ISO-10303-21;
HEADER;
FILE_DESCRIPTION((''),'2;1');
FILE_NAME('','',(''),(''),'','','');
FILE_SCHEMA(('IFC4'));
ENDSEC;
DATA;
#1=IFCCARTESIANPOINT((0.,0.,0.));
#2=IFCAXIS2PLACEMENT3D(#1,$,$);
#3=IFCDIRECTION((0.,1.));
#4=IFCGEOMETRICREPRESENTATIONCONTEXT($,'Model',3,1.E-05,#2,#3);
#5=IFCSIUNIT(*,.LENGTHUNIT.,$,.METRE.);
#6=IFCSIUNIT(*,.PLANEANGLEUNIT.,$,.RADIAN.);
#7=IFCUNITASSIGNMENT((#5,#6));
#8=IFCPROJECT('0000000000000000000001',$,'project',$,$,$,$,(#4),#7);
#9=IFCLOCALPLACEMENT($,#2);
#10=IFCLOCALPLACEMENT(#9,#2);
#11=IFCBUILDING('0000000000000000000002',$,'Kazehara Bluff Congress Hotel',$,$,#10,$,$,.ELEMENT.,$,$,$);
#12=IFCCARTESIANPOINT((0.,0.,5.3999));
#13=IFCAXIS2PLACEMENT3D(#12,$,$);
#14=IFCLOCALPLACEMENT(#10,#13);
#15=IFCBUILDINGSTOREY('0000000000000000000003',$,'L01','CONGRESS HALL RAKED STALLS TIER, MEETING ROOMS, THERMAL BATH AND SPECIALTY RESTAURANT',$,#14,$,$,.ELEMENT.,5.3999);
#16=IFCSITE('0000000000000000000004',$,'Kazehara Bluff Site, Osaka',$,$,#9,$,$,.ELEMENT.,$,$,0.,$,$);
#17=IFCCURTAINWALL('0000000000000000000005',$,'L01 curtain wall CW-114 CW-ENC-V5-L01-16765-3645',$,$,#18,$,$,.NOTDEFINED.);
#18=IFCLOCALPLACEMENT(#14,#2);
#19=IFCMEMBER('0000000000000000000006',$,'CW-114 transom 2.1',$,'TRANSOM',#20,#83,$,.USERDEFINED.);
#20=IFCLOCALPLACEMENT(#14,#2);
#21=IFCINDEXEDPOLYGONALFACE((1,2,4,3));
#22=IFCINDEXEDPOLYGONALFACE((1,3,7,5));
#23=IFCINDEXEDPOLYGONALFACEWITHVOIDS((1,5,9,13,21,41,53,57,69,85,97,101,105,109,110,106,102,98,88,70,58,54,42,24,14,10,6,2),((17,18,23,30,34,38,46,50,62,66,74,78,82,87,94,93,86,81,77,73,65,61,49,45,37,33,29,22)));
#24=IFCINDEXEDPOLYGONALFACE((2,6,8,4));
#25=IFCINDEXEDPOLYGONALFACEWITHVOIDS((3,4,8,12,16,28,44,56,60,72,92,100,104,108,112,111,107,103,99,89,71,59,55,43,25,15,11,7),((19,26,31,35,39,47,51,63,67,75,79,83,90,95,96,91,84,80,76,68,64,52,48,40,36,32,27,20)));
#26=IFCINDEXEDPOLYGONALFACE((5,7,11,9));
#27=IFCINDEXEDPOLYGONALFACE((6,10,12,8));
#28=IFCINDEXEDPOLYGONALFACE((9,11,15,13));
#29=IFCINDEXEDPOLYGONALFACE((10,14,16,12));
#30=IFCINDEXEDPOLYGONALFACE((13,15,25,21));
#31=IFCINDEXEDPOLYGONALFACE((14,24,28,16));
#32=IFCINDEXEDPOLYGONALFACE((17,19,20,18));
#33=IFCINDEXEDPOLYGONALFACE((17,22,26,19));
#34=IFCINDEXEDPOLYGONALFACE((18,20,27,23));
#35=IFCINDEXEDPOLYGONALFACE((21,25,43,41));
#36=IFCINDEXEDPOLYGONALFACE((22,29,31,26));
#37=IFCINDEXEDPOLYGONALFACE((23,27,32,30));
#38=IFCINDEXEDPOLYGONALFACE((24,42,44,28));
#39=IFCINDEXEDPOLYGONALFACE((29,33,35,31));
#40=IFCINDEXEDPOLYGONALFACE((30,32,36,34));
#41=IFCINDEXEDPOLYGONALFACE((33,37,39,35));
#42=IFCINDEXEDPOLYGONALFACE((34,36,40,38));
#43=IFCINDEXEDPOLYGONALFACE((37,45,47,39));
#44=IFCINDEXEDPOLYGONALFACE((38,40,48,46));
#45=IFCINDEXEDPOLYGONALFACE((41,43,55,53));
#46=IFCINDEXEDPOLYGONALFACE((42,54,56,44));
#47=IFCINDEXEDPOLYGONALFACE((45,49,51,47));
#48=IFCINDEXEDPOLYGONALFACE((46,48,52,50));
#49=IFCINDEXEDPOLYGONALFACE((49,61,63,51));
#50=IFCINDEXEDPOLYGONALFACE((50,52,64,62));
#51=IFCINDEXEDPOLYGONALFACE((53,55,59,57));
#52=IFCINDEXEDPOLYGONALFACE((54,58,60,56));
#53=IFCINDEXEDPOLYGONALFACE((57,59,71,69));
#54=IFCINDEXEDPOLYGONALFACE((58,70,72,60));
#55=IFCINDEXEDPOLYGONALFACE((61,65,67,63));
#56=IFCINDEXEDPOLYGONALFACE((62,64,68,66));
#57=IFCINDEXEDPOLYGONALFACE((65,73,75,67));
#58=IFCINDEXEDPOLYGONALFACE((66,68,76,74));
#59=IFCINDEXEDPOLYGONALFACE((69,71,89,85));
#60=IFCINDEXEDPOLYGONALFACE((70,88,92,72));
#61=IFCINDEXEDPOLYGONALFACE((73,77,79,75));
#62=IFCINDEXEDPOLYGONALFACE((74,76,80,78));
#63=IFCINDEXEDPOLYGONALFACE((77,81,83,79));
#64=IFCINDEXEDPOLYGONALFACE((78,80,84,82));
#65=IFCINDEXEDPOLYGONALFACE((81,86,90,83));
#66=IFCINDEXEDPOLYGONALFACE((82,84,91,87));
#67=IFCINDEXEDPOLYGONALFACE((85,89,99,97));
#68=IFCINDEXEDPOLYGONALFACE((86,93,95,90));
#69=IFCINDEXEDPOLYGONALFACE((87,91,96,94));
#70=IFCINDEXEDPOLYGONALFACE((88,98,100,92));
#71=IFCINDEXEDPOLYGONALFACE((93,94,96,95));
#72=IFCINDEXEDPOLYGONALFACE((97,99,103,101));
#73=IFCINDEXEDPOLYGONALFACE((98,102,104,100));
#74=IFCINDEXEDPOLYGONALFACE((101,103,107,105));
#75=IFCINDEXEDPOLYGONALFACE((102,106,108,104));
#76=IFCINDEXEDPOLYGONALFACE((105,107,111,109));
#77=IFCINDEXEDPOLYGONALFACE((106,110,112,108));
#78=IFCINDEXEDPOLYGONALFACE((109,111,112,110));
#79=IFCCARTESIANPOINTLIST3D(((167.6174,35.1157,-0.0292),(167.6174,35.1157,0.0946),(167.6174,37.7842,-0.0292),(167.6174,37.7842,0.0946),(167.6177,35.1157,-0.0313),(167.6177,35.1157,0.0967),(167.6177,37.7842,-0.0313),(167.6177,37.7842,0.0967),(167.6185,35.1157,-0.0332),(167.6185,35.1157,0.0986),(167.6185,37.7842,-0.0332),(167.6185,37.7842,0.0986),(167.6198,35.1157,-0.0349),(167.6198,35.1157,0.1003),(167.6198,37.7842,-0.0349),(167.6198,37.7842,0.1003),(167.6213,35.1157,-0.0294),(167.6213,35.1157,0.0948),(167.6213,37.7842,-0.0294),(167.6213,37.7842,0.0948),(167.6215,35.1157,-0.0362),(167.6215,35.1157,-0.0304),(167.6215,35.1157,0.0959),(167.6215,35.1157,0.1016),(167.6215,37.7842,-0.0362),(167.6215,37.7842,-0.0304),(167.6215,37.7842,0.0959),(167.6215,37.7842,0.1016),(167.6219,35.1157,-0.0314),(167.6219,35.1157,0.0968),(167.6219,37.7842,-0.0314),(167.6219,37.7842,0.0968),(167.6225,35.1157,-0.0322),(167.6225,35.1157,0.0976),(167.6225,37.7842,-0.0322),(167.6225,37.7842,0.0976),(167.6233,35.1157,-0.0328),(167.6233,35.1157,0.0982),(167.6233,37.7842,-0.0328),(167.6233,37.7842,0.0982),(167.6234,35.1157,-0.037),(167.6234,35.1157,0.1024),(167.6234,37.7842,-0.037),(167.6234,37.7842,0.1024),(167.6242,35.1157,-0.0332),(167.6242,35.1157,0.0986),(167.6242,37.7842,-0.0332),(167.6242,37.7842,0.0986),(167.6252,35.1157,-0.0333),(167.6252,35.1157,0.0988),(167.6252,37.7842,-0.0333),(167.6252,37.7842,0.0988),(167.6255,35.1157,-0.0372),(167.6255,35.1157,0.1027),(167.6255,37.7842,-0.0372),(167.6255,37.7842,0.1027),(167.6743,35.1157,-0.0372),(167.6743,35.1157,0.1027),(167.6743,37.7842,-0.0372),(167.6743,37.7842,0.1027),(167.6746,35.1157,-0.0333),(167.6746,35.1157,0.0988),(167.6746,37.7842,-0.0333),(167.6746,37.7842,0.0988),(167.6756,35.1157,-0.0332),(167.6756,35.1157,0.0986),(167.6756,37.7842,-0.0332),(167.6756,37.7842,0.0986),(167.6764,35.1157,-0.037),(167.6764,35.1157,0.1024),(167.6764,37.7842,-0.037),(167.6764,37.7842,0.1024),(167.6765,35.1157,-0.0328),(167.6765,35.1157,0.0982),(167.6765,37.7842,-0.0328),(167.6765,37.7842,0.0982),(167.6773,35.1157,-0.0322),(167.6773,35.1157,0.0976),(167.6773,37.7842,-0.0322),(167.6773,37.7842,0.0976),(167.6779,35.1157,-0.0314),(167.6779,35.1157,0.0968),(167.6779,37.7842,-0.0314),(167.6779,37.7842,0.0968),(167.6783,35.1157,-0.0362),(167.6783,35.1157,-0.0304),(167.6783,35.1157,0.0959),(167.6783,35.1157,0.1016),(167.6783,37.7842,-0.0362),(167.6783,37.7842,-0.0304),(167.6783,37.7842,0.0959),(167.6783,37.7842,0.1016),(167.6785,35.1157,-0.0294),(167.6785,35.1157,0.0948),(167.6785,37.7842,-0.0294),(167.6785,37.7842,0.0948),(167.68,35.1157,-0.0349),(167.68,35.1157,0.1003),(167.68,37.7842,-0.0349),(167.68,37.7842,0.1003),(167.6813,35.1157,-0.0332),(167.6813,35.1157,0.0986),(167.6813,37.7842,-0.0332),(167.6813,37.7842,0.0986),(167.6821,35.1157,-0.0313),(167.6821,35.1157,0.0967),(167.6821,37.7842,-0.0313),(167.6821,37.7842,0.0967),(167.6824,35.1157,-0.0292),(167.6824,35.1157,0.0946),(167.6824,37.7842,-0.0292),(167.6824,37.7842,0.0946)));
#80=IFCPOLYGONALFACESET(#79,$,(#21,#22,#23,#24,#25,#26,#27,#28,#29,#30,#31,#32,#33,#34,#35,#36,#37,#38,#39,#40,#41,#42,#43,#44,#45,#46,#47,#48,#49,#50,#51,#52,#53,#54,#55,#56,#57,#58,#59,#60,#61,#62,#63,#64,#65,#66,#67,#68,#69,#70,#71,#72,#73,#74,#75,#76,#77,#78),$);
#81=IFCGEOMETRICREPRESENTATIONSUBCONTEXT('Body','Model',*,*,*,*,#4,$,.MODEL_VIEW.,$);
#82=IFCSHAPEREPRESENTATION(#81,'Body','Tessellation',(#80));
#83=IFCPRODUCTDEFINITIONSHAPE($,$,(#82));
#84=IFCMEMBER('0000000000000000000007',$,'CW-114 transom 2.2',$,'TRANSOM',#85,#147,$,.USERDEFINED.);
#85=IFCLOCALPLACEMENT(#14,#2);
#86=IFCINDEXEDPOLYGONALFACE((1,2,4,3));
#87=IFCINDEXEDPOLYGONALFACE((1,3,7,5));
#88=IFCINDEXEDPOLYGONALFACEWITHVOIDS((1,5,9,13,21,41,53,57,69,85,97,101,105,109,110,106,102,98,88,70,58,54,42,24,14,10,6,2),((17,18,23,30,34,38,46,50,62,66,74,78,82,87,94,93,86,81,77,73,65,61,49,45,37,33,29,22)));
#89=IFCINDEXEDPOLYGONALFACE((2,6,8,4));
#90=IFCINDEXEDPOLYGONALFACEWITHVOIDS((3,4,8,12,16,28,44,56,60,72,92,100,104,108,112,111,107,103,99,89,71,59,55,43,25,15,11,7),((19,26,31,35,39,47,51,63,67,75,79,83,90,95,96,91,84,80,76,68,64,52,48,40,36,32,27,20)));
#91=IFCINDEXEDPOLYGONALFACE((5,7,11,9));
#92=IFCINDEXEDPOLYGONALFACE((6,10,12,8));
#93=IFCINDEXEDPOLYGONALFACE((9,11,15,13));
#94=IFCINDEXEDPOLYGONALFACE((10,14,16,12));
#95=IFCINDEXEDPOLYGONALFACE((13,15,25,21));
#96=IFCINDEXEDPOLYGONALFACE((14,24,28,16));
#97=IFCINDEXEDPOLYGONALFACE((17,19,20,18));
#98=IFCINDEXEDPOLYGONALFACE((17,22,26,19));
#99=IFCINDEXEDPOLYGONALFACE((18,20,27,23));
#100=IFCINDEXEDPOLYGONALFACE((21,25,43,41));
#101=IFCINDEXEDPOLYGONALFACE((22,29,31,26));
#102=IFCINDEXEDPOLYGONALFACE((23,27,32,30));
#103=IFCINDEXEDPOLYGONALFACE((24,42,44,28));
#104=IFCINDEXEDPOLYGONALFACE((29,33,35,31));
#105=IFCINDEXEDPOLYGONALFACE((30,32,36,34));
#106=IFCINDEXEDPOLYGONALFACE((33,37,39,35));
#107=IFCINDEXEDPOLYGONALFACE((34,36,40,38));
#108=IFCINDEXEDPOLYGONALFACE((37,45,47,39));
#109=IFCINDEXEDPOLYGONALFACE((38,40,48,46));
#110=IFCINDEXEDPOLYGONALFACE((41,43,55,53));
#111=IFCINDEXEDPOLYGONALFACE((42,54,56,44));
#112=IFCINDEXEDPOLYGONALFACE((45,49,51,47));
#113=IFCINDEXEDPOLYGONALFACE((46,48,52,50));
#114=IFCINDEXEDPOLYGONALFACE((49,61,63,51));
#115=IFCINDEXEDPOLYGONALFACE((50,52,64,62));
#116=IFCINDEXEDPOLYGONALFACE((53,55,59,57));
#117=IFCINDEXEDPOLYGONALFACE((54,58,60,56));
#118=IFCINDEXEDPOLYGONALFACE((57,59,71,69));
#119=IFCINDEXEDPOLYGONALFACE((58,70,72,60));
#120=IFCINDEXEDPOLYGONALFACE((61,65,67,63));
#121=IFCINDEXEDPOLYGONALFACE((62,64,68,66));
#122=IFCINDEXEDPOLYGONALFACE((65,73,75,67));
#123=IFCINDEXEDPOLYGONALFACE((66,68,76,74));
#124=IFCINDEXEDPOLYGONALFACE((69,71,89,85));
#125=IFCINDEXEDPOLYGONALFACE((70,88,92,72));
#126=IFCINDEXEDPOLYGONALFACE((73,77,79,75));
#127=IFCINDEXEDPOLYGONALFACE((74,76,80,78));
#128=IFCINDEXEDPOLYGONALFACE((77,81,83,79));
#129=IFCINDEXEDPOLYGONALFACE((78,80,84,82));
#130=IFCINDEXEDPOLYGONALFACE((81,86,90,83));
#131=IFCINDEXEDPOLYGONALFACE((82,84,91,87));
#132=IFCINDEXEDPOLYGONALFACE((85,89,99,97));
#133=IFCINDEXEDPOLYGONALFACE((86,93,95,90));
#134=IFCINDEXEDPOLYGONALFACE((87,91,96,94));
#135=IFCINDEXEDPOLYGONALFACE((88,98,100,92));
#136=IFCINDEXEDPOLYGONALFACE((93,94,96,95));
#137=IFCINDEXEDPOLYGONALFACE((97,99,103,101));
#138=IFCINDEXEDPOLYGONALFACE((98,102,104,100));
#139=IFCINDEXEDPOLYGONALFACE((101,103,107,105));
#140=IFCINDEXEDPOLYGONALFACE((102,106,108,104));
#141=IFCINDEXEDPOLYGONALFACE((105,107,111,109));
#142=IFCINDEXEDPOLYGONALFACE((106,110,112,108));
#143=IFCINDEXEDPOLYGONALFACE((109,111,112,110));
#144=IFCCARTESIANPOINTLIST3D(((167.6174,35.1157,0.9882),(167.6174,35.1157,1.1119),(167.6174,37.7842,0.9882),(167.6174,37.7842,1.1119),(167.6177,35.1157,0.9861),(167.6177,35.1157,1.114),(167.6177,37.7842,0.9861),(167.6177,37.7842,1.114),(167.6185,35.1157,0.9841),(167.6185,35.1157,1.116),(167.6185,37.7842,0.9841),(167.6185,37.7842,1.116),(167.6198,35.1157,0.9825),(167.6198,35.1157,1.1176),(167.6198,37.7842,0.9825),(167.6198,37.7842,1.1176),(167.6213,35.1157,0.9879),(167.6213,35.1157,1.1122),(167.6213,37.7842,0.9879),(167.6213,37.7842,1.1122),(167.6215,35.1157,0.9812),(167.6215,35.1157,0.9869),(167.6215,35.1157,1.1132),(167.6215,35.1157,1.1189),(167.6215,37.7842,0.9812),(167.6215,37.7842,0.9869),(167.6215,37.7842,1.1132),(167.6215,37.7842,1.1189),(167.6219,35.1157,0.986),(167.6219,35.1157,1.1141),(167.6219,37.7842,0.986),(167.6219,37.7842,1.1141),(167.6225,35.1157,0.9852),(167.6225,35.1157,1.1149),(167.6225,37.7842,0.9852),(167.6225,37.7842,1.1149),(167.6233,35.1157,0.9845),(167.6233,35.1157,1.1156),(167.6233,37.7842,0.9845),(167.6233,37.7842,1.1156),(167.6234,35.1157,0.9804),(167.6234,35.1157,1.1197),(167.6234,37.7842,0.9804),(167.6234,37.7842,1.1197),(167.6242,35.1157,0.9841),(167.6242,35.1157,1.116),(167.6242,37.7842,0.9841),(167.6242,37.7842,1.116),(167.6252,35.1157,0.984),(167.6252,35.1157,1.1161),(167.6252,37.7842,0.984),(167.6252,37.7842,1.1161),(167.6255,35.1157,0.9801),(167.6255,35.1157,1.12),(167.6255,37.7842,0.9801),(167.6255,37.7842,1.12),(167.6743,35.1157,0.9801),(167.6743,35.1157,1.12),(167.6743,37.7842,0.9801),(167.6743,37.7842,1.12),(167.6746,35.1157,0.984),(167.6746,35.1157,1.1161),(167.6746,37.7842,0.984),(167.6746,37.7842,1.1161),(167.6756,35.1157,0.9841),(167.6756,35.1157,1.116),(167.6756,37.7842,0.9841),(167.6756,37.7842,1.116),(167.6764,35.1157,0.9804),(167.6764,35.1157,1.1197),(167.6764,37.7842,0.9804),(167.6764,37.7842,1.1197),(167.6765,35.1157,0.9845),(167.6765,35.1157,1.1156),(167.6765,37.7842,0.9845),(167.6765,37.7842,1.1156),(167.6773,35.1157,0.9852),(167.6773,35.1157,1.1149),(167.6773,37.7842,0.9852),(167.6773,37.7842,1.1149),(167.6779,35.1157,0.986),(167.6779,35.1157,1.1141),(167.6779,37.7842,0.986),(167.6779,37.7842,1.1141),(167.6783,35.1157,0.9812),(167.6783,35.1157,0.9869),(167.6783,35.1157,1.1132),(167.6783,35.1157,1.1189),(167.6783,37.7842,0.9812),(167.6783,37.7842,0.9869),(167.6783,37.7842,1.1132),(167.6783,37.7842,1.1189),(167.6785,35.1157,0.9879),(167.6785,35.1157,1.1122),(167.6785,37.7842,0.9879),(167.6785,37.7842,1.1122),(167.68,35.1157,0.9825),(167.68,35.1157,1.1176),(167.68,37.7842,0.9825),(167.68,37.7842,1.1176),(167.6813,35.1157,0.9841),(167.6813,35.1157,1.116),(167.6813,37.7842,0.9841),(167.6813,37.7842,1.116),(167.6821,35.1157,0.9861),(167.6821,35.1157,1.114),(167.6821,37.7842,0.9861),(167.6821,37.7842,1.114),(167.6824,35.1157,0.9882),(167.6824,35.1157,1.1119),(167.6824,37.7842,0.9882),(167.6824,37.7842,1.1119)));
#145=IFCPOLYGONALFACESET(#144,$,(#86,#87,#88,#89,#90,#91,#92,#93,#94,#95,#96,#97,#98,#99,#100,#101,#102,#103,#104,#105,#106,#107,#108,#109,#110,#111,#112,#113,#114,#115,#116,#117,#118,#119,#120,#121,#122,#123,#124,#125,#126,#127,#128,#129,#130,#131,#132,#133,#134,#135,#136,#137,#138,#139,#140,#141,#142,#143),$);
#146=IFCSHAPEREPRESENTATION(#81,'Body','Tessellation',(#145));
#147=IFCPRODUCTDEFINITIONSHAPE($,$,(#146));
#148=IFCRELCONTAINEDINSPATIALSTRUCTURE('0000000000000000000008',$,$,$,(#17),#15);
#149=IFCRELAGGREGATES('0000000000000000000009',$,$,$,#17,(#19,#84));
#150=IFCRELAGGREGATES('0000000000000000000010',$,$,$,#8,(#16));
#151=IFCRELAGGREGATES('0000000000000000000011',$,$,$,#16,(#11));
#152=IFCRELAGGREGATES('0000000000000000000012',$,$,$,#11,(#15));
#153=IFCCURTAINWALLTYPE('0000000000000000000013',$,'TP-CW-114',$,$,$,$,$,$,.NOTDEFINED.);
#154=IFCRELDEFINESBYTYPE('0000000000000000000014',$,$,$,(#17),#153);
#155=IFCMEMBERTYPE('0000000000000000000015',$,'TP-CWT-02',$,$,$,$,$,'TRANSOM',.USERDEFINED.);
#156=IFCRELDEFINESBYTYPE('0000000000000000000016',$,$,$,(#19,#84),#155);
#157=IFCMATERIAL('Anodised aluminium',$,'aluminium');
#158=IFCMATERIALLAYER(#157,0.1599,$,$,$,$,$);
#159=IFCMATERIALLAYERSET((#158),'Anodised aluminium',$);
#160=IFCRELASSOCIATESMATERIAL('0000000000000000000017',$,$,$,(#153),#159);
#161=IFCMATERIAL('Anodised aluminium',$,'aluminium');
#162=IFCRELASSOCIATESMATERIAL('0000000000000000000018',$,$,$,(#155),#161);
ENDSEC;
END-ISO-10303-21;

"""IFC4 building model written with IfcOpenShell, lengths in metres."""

from ifc_helpers import new_model, si_unit, direction, frame, origin, origin_2d, place, context, subcontext, project, spatial, hollow_rectangle, extrude, material, layer, layer_set, material_profile, profile_set, type_object, element, aggregate, save


model = new_model("IFC4")

# Units and contexts
model_context = context("Model", 3, precision=1e-05, world=origin(), true_north=direction((0.0, 1.0)))
body_context = subcontext(model_context, "Body", "Model", "MODEL_VIEW")
ifc_project = project(units=[si_unit("LENGTHUNIT", "METRE"), si_unit("PLANEANGLEUNIT", "RADIAN")], contexts=[model_context])

# Site, building, storey
site_placement = place(None, origin())
site = spatial("IfcSite", under=ifc_project, at=site_placement, Name="Kazehara Bluff Site, Osaka", CompositionType="ELEMENT", RefElevation=0.0)
building_placement = place(site_placement, origin())
building = spatial("IfcBuilding", under=site, at=building_placement, Name="Kazehara Bluff Congress Hotel", CompositionType="ELEMENT")
storey_placement = place(building_placement, frame((0.0, 0.0, 5.3999)))
storey = spatial("IfcBuildingStorey", under=building, at=storey_placement, Name="L01", Description="CONGRESS HALL RAKED STALLS TIER, MEETING ROOMS, THERMAL BATH AND SPECIALTY RESTAURANT", CompositionType="ELEMENT", Elevation=5.3999)

# Curtain wall
ifc_material_1 = material(Name="Anodised aluminium", Category="aluminium")
ifc_layer_1 = layer(ifc_material_1, 0.1599)
ifc_layer_set_1 = layer_set([ifc_layer_1], Name="Anodised aluminium")
curtain_wall_type_1 = type_object("IfcCurtainWallType", Name="TP-CW-114", PredefinedType="NOTDEFINED", material=ifc_layer_set_1)
curtain_wall_1_placement = place(storey_placement, origin())
curtain_wall_1 = element("IfcCurtainWall", 1, at=curtain_wall_1_placement, inside=storey, type_object=curtain_wall_type_1, Name="L01 curtain wall CW-114 CW-ENC-V5-L01-16765-3645", PredefinedType="NOTDEFINED")

# Members
ifc_material_2 = material(Name="Anodised aluminium", Category="aluminium")
ifc_material_profile_1 = material_profile(ifc_material_2, hollow_rectangle(XDim=0.0649, YDim=0.1399, WallThickness=0.0039, InnerFilletRadius=0.0039, OuterFilletRadius=0.0081, at=origin_2d()))
ifc_profile_set_1 = profile_set([ifc_material_profile_1], Name="Anodised aluminium")
member_type_1 = type_object("IfcMemberType", Name="TP-CWT-02", ElementType="TRANSOM", PredefinedType="USERDEFINED", material=ifc_profile_set_1)
member_1_placement = place(storey_placement, frame((167.6499, 37.7842, 0.0327), z_axis=(0.0, -1.0, 0.0), x_axis=(1.0, 0.0, 0.0)))
member_1 = element("IfcMember", 2, at=member_1_placement, type_object=member_type_1, Name="CW-114 transom 2.1", ObjectType="TRANSOM", PredefinedType="USERDEFINED", context=body_context, shape_type="SweptSolid", body=[
    extrude(hollow_rectangle(XDim=0.0649, YDim=0.1399, WallThickness=0.0039, InnerFilletRadius=0.0039, OuterFilletRadius=0.0081, at=origin_2d()), origin(), (0.0, 0.0, 1.0), 2.6685),
])
member_2_placement = place(storey_placement, frame((167.6499, 37.7842, 1.05), z_axis=(0.0, -1.0, 0.0), x_axis=(1.0, 0.0, 0.0)))
member_2 = element("IfcMember", 3, at=member_2_placement, type_object=member_type_1, Name="CW-114 transom 2.2", ObjectType="TRANSOM", PredefinedType="USERDEFINED", context=body_context, shape_type="SweptSolid", body=[
    extrude(hollow_rectangle(XDim=0.0649, YDim=0.1399, WallThickness=0.0039, InnerFilletRadius=0.0039, OuterFilletRadius=0.0081, at=origin_2d()), origin(), (0.0, 0.0, 1.0), 2.6685),
])

aggregate(curtain_wall_1, [member_1, member_2])

save(model, "model.ifc")
